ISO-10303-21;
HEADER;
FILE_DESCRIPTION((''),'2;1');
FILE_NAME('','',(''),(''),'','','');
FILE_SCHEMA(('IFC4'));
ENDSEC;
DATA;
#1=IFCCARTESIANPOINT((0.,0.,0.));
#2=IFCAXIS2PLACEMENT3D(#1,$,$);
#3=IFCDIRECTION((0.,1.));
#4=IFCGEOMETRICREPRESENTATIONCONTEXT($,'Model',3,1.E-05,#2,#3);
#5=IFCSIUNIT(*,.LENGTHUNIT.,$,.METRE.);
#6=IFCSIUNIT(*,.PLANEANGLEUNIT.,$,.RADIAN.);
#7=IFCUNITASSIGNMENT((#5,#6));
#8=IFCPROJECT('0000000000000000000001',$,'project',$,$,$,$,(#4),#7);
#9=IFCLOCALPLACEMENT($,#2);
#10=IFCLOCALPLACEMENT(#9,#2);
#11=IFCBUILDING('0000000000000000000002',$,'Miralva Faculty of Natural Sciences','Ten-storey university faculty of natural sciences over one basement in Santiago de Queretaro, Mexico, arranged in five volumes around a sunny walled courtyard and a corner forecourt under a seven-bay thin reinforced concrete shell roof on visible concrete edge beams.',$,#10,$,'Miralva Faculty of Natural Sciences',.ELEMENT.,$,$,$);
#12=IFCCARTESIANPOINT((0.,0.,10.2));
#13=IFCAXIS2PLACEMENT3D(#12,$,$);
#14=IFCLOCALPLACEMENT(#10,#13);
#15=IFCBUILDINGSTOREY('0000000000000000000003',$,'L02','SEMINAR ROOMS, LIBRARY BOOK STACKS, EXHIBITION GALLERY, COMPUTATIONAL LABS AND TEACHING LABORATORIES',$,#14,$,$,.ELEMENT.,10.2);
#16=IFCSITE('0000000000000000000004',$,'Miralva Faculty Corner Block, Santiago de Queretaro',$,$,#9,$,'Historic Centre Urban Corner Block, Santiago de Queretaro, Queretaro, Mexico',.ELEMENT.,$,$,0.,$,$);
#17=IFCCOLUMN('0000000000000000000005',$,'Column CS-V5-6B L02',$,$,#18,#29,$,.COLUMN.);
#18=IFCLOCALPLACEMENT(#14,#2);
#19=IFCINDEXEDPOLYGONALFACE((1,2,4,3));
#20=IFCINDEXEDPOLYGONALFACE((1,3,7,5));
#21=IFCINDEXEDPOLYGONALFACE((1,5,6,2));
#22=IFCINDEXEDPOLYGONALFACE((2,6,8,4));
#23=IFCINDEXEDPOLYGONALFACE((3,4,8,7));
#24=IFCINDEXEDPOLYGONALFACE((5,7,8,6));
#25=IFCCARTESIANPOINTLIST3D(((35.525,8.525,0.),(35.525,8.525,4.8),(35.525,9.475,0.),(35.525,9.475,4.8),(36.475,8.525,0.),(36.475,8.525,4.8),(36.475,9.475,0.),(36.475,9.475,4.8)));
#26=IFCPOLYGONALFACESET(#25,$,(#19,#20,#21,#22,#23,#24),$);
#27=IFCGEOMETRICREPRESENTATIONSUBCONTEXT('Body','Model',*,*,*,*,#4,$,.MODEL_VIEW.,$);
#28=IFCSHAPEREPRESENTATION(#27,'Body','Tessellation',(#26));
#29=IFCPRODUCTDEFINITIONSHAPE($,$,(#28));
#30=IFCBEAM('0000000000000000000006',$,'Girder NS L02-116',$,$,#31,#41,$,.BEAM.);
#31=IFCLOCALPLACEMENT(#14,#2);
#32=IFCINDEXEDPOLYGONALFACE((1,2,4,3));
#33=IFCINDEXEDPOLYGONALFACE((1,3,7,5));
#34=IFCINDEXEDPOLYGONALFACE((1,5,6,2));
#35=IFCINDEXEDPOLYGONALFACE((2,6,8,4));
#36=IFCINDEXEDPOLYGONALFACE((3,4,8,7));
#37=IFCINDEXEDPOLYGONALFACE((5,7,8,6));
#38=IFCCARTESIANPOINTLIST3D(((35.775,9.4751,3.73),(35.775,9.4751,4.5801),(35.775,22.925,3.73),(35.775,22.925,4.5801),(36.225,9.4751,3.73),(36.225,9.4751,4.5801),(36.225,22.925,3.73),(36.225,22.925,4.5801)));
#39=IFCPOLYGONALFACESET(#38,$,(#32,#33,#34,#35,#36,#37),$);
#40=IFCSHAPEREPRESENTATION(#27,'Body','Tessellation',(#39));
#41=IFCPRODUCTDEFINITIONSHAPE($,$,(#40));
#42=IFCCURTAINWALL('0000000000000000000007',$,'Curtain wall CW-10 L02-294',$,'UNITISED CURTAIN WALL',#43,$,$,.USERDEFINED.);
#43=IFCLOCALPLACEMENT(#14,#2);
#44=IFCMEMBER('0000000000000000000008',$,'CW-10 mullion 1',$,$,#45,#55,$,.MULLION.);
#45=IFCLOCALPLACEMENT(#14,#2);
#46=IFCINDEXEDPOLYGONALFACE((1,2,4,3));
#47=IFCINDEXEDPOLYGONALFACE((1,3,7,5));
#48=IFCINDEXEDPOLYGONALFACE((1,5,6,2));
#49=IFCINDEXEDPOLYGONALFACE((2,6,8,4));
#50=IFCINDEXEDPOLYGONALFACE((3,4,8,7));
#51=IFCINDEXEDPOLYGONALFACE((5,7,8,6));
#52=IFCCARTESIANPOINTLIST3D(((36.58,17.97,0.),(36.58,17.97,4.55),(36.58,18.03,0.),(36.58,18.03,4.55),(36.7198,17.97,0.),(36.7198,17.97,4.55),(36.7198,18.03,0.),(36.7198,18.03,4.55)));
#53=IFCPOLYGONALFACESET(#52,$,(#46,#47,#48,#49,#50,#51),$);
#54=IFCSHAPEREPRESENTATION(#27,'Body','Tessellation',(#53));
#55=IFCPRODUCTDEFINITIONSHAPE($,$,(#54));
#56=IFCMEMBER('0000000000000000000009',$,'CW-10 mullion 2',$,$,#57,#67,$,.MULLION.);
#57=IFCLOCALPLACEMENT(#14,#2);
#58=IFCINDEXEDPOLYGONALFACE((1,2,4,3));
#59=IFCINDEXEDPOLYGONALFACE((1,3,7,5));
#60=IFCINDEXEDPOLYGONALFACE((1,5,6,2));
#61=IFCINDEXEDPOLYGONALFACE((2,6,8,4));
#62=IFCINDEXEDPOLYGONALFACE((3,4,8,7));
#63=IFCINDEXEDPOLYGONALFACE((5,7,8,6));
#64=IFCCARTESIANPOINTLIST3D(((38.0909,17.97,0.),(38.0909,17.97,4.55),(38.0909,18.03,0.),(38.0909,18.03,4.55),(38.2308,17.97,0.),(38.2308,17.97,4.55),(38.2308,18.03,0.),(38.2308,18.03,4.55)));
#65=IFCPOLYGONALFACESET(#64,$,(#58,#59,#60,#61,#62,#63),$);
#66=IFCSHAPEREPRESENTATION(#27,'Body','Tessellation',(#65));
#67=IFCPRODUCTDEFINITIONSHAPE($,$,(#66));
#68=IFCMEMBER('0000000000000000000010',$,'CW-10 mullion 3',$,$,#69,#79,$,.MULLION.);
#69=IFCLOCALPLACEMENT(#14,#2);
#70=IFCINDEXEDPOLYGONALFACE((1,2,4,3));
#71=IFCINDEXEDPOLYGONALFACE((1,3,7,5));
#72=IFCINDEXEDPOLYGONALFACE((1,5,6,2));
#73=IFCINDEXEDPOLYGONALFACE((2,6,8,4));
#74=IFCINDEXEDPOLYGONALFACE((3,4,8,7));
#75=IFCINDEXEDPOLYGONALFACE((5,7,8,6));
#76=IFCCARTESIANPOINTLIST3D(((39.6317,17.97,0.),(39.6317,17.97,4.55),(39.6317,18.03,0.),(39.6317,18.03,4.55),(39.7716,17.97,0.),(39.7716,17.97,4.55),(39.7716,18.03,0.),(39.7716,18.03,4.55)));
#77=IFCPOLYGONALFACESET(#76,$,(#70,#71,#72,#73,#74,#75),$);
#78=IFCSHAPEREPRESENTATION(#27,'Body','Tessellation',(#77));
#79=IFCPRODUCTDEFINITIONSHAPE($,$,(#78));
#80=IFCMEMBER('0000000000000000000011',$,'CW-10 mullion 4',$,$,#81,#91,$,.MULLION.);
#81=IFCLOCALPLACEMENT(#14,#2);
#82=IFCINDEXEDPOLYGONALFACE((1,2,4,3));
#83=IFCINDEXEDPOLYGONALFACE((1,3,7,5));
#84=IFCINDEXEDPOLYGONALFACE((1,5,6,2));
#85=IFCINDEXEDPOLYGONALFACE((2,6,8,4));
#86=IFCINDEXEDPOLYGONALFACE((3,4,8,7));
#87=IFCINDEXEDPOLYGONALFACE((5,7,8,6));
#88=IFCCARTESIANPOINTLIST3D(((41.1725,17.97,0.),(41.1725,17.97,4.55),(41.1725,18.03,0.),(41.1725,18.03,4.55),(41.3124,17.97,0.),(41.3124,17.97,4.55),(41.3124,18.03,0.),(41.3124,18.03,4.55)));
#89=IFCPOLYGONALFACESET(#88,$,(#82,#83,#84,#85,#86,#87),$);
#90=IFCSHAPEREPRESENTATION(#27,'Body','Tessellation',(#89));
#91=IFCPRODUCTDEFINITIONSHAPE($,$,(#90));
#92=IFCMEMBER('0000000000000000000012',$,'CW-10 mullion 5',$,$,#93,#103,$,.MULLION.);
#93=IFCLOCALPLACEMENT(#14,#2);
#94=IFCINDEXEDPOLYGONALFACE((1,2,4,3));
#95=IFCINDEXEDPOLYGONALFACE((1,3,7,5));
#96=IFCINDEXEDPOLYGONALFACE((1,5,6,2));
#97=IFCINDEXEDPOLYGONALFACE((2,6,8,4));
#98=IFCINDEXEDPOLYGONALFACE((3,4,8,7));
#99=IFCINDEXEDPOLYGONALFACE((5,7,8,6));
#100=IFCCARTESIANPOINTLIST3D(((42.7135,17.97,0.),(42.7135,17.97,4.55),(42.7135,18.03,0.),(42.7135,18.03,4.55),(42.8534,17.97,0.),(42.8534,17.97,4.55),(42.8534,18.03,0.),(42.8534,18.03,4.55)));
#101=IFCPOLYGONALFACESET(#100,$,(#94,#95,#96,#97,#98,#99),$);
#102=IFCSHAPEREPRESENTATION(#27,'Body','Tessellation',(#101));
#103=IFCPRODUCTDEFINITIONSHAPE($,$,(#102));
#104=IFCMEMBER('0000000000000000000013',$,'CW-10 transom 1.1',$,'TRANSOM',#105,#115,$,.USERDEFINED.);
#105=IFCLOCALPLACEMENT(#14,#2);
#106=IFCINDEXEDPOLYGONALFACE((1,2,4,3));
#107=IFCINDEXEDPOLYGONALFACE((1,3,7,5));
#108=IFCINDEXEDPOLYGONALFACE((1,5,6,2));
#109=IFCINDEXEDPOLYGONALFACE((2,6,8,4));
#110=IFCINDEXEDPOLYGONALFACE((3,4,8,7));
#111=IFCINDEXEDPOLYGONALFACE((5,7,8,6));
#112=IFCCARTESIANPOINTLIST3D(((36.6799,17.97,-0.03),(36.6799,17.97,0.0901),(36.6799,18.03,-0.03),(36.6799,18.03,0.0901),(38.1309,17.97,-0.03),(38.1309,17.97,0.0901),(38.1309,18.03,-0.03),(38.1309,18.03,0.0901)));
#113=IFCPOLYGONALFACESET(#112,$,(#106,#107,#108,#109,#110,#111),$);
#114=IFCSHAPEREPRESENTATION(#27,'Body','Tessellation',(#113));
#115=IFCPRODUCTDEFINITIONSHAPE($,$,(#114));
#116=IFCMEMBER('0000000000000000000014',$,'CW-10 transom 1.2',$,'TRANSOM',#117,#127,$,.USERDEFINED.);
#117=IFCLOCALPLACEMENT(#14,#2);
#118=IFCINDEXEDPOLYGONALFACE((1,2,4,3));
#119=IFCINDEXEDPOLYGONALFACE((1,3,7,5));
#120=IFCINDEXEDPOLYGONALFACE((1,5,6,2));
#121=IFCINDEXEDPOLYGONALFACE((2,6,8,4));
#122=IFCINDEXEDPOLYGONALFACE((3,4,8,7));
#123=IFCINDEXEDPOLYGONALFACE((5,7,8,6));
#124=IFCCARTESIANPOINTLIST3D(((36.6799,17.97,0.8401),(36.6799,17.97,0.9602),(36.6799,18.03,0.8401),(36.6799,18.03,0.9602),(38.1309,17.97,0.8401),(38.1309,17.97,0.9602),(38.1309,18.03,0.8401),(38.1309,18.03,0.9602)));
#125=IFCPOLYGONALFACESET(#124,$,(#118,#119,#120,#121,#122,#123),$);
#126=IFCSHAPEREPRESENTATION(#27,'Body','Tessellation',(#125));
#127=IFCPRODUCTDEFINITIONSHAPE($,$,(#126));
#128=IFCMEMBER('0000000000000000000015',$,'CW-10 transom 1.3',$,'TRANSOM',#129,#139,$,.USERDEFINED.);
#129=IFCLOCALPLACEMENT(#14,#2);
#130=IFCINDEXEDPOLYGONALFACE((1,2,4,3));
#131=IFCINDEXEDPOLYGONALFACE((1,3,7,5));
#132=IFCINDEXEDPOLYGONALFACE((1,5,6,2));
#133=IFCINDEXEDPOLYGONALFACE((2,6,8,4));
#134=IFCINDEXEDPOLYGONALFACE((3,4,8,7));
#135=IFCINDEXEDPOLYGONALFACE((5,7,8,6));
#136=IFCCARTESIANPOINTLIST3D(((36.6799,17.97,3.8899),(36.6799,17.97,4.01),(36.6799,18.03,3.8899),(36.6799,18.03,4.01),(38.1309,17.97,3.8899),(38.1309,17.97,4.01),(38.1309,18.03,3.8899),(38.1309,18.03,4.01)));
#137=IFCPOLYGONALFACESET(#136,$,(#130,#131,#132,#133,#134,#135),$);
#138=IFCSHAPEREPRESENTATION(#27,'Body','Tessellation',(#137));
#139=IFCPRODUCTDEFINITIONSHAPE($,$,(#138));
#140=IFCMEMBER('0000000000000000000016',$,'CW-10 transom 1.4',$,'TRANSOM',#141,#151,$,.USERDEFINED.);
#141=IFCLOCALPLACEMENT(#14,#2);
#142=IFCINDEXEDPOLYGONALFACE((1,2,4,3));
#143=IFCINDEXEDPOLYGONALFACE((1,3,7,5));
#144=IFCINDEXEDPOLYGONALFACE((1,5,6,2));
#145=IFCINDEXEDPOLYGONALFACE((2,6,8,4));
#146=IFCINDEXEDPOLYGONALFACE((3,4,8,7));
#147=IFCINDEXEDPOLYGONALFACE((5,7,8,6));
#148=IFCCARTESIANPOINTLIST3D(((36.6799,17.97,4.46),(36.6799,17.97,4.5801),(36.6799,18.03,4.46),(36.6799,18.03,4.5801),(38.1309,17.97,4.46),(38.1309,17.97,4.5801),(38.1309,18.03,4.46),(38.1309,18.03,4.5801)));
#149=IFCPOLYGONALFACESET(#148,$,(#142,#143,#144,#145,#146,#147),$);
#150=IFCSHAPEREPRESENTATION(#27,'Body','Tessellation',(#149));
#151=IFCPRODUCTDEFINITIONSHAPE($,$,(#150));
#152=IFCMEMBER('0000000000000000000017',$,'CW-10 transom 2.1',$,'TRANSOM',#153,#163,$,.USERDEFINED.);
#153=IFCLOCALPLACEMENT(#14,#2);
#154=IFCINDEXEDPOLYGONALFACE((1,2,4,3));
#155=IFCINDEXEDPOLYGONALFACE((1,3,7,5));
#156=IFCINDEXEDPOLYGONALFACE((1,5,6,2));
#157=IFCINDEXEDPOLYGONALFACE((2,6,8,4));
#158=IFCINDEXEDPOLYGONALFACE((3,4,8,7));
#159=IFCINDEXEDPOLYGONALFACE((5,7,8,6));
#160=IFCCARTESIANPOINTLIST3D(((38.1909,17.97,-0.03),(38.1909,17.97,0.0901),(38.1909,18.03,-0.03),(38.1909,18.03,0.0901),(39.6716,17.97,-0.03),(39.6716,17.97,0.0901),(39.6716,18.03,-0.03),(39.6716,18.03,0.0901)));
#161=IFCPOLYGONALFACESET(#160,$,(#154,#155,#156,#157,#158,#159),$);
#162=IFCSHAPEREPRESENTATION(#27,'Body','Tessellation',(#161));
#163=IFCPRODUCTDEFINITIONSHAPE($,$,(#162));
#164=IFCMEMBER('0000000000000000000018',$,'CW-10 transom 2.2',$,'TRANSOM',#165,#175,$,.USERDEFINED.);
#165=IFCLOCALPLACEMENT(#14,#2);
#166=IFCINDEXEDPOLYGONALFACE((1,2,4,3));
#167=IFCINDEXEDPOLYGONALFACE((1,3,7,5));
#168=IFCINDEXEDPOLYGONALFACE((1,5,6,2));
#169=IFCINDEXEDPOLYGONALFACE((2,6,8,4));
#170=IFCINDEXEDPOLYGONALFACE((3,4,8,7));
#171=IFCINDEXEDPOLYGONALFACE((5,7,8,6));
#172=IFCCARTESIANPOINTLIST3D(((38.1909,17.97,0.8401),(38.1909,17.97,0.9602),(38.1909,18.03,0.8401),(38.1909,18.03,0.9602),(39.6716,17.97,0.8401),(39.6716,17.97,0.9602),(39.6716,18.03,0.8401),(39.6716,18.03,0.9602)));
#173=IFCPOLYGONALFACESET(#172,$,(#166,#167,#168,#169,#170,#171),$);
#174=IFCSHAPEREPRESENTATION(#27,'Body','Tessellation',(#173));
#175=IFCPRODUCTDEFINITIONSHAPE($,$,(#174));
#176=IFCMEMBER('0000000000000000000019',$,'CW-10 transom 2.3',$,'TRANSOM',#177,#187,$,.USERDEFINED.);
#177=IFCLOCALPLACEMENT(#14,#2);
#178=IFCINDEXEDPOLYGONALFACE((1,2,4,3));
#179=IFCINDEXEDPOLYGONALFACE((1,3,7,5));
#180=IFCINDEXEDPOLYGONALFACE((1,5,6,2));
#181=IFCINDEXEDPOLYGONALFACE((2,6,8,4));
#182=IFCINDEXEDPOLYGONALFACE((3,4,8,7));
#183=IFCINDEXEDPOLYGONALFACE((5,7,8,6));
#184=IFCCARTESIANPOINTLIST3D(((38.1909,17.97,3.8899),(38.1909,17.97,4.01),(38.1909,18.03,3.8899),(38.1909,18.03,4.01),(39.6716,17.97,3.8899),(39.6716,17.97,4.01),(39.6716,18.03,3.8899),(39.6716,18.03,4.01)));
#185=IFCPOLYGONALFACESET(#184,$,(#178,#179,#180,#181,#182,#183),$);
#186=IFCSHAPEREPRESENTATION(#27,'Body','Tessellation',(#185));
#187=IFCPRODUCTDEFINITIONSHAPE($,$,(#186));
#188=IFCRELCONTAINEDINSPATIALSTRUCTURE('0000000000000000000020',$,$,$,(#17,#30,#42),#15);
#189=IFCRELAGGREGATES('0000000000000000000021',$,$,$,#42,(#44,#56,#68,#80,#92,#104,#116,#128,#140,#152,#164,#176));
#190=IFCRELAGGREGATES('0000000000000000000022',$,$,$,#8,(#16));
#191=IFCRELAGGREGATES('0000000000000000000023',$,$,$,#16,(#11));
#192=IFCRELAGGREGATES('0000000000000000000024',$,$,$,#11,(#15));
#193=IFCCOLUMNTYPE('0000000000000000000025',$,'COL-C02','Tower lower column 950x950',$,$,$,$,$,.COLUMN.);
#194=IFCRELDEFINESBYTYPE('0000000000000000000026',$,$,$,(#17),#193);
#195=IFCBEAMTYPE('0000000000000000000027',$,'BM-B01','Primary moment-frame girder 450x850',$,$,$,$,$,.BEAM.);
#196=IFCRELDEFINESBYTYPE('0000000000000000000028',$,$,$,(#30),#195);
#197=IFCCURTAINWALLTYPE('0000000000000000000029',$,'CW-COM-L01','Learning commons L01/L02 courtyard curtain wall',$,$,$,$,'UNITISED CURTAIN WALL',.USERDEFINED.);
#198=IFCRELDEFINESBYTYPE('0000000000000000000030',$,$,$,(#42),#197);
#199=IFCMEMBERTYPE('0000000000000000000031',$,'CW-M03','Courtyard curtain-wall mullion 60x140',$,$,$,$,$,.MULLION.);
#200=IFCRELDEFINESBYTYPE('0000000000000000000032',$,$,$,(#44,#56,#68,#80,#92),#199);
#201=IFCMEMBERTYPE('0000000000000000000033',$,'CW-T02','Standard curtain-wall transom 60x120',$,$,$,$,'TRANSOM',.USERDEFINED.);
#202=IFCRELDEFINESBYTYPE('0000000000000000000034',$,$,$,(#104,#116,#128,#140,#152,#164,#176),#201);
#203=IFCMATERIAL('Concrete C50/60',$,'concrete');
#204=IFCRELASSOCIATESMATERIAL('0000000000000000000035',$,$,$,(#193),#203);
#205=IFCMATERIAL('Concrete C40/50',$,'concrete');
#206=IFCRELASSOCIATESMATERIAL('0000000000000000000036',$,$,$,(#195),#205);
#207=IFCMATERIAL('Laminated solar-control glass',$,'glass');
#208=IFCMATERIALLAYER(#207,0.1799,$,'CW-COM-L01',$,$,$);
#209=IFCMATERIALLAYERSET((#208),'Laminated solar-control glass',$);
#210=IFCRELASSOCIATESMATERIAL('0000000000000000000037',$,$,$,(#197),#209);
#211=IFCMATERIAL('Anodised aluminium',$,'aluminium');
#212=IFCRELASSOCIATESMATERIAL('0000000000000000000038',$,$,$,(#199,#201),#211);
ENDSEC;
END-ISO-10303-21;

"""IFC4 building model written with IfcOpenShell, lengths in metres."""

from ifc_helpers import new_model, si_unit, direction, frame, origin, origin_2d, place, context, subcontext, project, spatial, rectangle, extrude, material, layer, layer_set, material_profile, profile_set, type_object, element, aggregate, save


model = new_model("IFC4")

# Units and contexts
model_context = context("Model", 3, precision=1e-05, world=origin(), true_north=direction((0.0, 1.0)))
body_context = subcontext(model_context, "Body", "Model", "MODEL_VIEW")
ifc_project = project(units=[si_unit("LENGTHUNIT", "METRE"), si_unit("PLANEANGLEUNIT", "RADIAN")], contexts=[model_context])

# Site, building, storey
site_placement = place(None, origin())
site = spatial("IfcSite", under=ifc_project, at=site_placement, Name="Miralva Faculty Corner Block, Santiago de Queretaro", LongName="Historic Centre Urban Corner Block, Santiago de Queretaro, Queretaro, Mexico", CompositionType="ELEMENT", RefElevation=0.0)
building_placement = place(site_placement, origin())
building = spatial("IfcBuilding", under=site, at=building_placement, Name="Miralva Faculty of Natural Sciences", Description="Ten-storey university faculty of natural sciences over one basement in Santiago de Queretaro, Mexico, arranged in five volumes around a sunny walled courtyard and a corner forecourt under a seven-bay thin reinforced concrete shell roof on visible concrete edge beams.", LongName="Miralva Faculty of Natural Sciences", CompositionType="ELEMENT")
storey_placement = place(building_placement, frame((0.0, 0.0, 10.2)))
storey = spatial("IfcBuildingStorey", under=building, at=storey_placement, Name="L02", Description="SEMINAR ROOMS, LIBRARY BOOK STACKS, EXHIBITION GALLERY, COMPUTATIONAL LABS AND TEACHING LABORATORIES", CompositionType="ELEMENT", Elevation=10.2)

# Column
ifc_material_1 = material(Name="Concrete C50/60", Category="concrete")
ifc_material_profile_1 = material_profile(ifc_material_1, rectangle(XDim=0.95, YDim=0.95, at=origin_2d()), Name="RC 950x950")
ifc_profile_set_1 = profile_set([ifc_material_profile_1], Name="Concrete C50/60")
column_type = type_object("IfcColumnType", Name="COL-C02", Description="Tower lower column 950x950", PredefinedType="COLUMN", material=ifc_profile_set_1)
column_placement = place(storey_placement, frame((36.0, 9.0, 0.0), z_axis=(0.0, 0.0, 1.0), x_axis=(1.0, 0.0, 0.0)))
element("IfcColumn", 1, at=column_placement, inside=storey, type_object=column_type, Name="Column CS-V5-6B L02", PredefinedType="COLUMN", context=body_context, shape_type="SweptSolid", body=[
    extrude(rectangle(XDim=0.95, YDim=0.95, at=origin_2d()), origin(), (0.0, 0.0, 1.0), 4.8),
])

# Beam
ifc_material_2 = material(Name="Concrete C40/50", Category="concrete")
ifc_material_profile_2 = material_profile(ifc_material_2, rectangle(XDim=0.45, YDim=0.8501, at=origin_2d()), Name="RC 450x850")
ifc_profile_set_2 = profile_set([ifc_material_profile_2], Name="Concrete C40/50")
beam_type = type_object("IfcBeamType", Name="BM-B01", Description="Primary moment-frame girder 450x850", PredefinedType="BEAM", material=ifc_profile_set_2)
beam_placement = place(storey_placement, frame((36.0, 9.4751, 4.155), z_axis=(0.0, 1.0, 0.0), x_axis=(-1.0, 0.0, 0.0)))
element("IfcBeam", 2, at=beam_placement, inside=storey, type_object=beam_type, Name="Girder NS L02-116", PredefinedType="BEAM", context=body_context, shape_type="SweptSolid", body=[
    extrude(rectangle(XDim=0.45, YDim=0.8501, at=origin_2d()), origin(), (0.0, 0.0, 1.0), 13.45),
])

# Curtain wall, members
ifc_material_3 = material(Name="Laminated solar-control glass", Category="glass")
ifc_layer_1 = layer(ifc_material_3, 0.1799, Name="CW-COM-L01")
ifc_layer_set_1 = layer_set([ifc_layer_1], Name="Laminated solar-control glass")
curtain_wall_type = type_object("IfcCurtainWallType", Name="CW-COM-L01", Description="Learning commons L01/L02 courtyard curtain wall", ElementType="UNITISED CURTAIN WALL", PredefinedType="USERDEFINED", material=ifc_layer_set_1)
curtain_wall_placement = place(storey_placement, origin())
curtain_wall = element("IfcCurtainWall", 3, at=curtain_wall_placement, inside=storey, type_object=curtain_wall_type, Name="Curtain wall CW-10 L02-294", ObjectType="UNITISED CURTAIN WALL", PredefinedType="USERDEFINED")
ifc_material_4 = material(Name="Anodised aluminium", Category="aluminium")
ifc_material_profile_3 = material_profile(ifc_material_4, rectangle(XDim=0.0601, YDim=0.1399, at=origin_2d()), Name="MULLION 60x140")
ifc_profile_set_3 = profile_set([ifc_material_profile_3], Name="Anodised aluminium")
member_type_1 = type_object("IfcMemberType", Name="CW-M03", Description="Courtyard curtain-wall mullion 60x140", PredefinedType="MULLION", material=ifc_profile_set_3)
member_1_placement = place(storey_placement, frame((36.6499, 18.0, 0.0), z_axis=(0.0, 0.0, 1.0), x_axis=(0.0, 1.0, 0.0)))
member_1 = element("IfcMember", 4, at=member_1_placement, type_object=member_type_1, Name="CW-10 mullion 1", PredefinedType="MULLION", context=body_context, shape_type="SweptSolid", body=[
    extrude(rectangle(XDim=0.0601, YDim=0.1399, at=origin_2d()), origin(), (0.0, 0.0, 1.0), 4.55),
])
member_2_placement = place(storey_placement, frame((38.1609, 18.0, 0.0), z_axis=(0.0, 0.0, 1.0), x_axis=(0.0, 1.0, 0.0)))
member_2 = element("IfcMember", 5, at=member_2_placement, type_object=member_type_1, Name="CW-10 mullion 2", PredefinedType="MULLION", context=body_context, shape_type="SweptSolid", body=[
    extrude(rectangle(XDim=0.0601, YDim=0.1399, at=origin_2d()), origin(), (0.0, 0.0, 1.0), 4.55),
])
member_3_placement = place(storey_placement, frame((39.7017, 18.0, 0.0), z_axis=(0.0, 0.0, 1.0), x_axis=(0.0, 1.0, 0.0)))
member_3 = element("IfcMember", 6, at=member_3_placement, type_object=member_type_1, Name="CW-10 mullion 3", PredefinedType="MULLION", context=body_context, shape_type="SweptSolid", body=[
    extrude(rectangle(XDim=0.0601, YDim=0.1399, at=origin_2d()), origin(), (0.0, 0.0, 1.0), 4.55),
])
member_4_placement = place(storey_placement, frame((41.2424, 18.0, 0.0), z_axis=(0.0, 0.0, 1.0), x_axis=(0.0, 1.0, 0.0)))
member_4 = element("IfcMember", 7, at=member_4_placement, type_object=member_type_1, Name="CW-10 mullion 4", PredefinedType="MULLION", context=body_context, shape_type="SweptSolid", body=[
    extrude(rectangle(XDim=0.0601, YDim=0.1399, at=origin_2d()), origin(), (0.0, 0.0, 1.0), 4.55),
])
member_5_placement = place(storey_placement, frame((42.7834, 18.0, 0.0), z_axis=(0.0, 0.0, 1.0), x_axis=(0.0, 1.0, 0.0)))
member_5 = element("IfcMember", 8, at=member_5_placement, type_object=member_type_1, Name="CW-10 mullion 5", PredefinedType="MULLION", context=body_context, shape_type="SweptSolid", body=[
    extrude(rectangle(XDim=0.0601, YDim=0.1399, at=origin_2d()), origin(), (0.0, 0.0, 1.0), 4.55),
])
ifc_material_profile_4 = material_profile(ifc_material_4, rectangle(XDim=0.0601, YDim=0.1201, at=origin_2d()), Name="TRANSOM 60x120")
ifc_profile_set_4 = profile_set([ifc_material_profile_4], Name="Anodised aluminium")
member_type_2 = type_object("IfcMemberType", Name="CW-T02", Description="Standard curtain-wall transom 60x120", ElementType="TRANSOM", PredefinedType="USERDEFINED", material=ifc_profile_set_4)
member_6_placement = place(storey_placement, frame((36.6799, 18.0, 0.03), z_axis=(1.0, 0.0, 0.0), x_axis=(0.0, 1.0, 0.0)))
member_6 = element("IfcMember", 9, at=member_6_placement, type_object=member_type_2, Name="CW-10 transom 1.1", ObjectType="TRANSOM", PredefinedType="USERDEFINED", context=body_context, shape_type="SweptSolid", body=[
    extrude(rectangle(XDim=0.0601, YDim=0.1201, at=origin_2d()), origin(), (0.0, 0.0, 1.0), 1.4509),
])
member_7_placement = place(storey_placement, frame((36.6799, 18.0, 0.9001), z_axis=(1.0, 0.0, 0.0), x_axis=(0.0, 1.0, 0.0)))
member_7 = element("IfcMember", 10, at=member_7_placement, type_object=member_type_2, Name="CW-10 transom 1.2", ObjectType="TRANSOM", PredefinedType="USERDEFINED", context=body_context, shape_type="SweptSolid", body=[
    extrude(rectangle(XDim=0.0601, YDim=0.1201, at=origin_2d()), origin(), (0.0, 0.0, 1.0), 1.4509),
])
member_8_placement = place(storey_placement, frame((36.6799, 18.0, 3.95), z_axis=(1.0, 0.0, 0.0), x_axis=(0.0, 1.0, 0.0)))
member_8 = element("IfcMember", 11, at=member_8_placement, type_object=member_type_2, Name="CW-10 transom 1.3", ObjectType="TRANSOM", PredefinedType="USERDEFINED", context=body_context, shape_type="SweptSolid", body=[
    extrude(rectangle(XDim=0.0601, YDim=0.1201, at=origin_2d()), origin(), (0.0, 0.0, 1.0), 1.4509),
])
member_9_placement = place(storey_placement, frame((36.6799, 18.0, 4.52), z_axis=(1.0, 0.0, 0.0), x_axis=(0.0, 1.0, 0.0)))
member_9 = element("IfcMember", 12, at=member_9_placement, type_object=member_type_2, Name="CW-10 transom 1.4", ObjectType="TRANSOM", PredefinedType="USERDEFINED", context=body_context, shape_type="SweptSolid", body=[
    extrude(rectangle(XDim=0.0601, YDim=0.1201, at=origin_2d()), origin(), (0.0, 0.0, 1.0), 1.4509),
])
member_10_placement = place(storey_placement, frame((38.1909, 18.0, 0.03), z_axis=(1.0, 0.0, 0.0), x_axis=(0.0, 1.0, 0.0)))
member_10 = element("IfcMember", 13, at=member_10_placement, type_object=member_type_2, Name="CW-10 transom 2.1", ObjectType="TRANSOM", PredefinedType="USERDEFINED", context=body_context, shape_type="SweptSolid", body=[
    extrude(rectangle(XDim=0.0601, YDim=0.1201, at=origin_2d()), origin(), (0.0, 0.0, 1.0), 1.4807),
])
member_11_placement = place(storey_placement, frame((38.1909, 18.0, 0.9001), z_axis=(1.0, 0.0, 0.0), x_axis=(0.0, 1.0, 0.0)))
member_11 = element("IfcMember", 14, at=member_11_placement, type_object=member_type_2, Name="CW-10 transom 2.2", ObjectType="TRANSOM", PredefinedType="USERDEFINED", context=body_context, shape_type="SweptSolid", body=[
    extrude(rectangle(XDim=0.0601, YDim=0.1201, at=origin_2d()), origin(), (0.0, 0.0, 1.0), 1.4807),
])
member_12_placement = place(storey_placement, frame((38.1909, 18.0, 3.95), z_axis=(1.0, 0.0, 0.0), x_axis=(0.0, 1.0, 0.0)))
member_12 = element("IfcMember", 15, at=member_12_placement, type_object=member_type_2, Name="CW-10 transom 2.3", ObjectType="TRANSOM", PredefinedType="USERDEFINED", context=body_context, shape_type="SweptSolid", body=[
    extrude(rectangle(XDim=0.0601, YDim=0.1201, at=origin_2d()), origin(), (0.0, 0.0, 1.0), 1.4807),
])
aggregate(curtain_wall, [member_1, member_2, member_3, member_4, member_5, member_6, member_7, member_8, member_9, member_10, member_11, member_12])

save(model, "model.ifc")
